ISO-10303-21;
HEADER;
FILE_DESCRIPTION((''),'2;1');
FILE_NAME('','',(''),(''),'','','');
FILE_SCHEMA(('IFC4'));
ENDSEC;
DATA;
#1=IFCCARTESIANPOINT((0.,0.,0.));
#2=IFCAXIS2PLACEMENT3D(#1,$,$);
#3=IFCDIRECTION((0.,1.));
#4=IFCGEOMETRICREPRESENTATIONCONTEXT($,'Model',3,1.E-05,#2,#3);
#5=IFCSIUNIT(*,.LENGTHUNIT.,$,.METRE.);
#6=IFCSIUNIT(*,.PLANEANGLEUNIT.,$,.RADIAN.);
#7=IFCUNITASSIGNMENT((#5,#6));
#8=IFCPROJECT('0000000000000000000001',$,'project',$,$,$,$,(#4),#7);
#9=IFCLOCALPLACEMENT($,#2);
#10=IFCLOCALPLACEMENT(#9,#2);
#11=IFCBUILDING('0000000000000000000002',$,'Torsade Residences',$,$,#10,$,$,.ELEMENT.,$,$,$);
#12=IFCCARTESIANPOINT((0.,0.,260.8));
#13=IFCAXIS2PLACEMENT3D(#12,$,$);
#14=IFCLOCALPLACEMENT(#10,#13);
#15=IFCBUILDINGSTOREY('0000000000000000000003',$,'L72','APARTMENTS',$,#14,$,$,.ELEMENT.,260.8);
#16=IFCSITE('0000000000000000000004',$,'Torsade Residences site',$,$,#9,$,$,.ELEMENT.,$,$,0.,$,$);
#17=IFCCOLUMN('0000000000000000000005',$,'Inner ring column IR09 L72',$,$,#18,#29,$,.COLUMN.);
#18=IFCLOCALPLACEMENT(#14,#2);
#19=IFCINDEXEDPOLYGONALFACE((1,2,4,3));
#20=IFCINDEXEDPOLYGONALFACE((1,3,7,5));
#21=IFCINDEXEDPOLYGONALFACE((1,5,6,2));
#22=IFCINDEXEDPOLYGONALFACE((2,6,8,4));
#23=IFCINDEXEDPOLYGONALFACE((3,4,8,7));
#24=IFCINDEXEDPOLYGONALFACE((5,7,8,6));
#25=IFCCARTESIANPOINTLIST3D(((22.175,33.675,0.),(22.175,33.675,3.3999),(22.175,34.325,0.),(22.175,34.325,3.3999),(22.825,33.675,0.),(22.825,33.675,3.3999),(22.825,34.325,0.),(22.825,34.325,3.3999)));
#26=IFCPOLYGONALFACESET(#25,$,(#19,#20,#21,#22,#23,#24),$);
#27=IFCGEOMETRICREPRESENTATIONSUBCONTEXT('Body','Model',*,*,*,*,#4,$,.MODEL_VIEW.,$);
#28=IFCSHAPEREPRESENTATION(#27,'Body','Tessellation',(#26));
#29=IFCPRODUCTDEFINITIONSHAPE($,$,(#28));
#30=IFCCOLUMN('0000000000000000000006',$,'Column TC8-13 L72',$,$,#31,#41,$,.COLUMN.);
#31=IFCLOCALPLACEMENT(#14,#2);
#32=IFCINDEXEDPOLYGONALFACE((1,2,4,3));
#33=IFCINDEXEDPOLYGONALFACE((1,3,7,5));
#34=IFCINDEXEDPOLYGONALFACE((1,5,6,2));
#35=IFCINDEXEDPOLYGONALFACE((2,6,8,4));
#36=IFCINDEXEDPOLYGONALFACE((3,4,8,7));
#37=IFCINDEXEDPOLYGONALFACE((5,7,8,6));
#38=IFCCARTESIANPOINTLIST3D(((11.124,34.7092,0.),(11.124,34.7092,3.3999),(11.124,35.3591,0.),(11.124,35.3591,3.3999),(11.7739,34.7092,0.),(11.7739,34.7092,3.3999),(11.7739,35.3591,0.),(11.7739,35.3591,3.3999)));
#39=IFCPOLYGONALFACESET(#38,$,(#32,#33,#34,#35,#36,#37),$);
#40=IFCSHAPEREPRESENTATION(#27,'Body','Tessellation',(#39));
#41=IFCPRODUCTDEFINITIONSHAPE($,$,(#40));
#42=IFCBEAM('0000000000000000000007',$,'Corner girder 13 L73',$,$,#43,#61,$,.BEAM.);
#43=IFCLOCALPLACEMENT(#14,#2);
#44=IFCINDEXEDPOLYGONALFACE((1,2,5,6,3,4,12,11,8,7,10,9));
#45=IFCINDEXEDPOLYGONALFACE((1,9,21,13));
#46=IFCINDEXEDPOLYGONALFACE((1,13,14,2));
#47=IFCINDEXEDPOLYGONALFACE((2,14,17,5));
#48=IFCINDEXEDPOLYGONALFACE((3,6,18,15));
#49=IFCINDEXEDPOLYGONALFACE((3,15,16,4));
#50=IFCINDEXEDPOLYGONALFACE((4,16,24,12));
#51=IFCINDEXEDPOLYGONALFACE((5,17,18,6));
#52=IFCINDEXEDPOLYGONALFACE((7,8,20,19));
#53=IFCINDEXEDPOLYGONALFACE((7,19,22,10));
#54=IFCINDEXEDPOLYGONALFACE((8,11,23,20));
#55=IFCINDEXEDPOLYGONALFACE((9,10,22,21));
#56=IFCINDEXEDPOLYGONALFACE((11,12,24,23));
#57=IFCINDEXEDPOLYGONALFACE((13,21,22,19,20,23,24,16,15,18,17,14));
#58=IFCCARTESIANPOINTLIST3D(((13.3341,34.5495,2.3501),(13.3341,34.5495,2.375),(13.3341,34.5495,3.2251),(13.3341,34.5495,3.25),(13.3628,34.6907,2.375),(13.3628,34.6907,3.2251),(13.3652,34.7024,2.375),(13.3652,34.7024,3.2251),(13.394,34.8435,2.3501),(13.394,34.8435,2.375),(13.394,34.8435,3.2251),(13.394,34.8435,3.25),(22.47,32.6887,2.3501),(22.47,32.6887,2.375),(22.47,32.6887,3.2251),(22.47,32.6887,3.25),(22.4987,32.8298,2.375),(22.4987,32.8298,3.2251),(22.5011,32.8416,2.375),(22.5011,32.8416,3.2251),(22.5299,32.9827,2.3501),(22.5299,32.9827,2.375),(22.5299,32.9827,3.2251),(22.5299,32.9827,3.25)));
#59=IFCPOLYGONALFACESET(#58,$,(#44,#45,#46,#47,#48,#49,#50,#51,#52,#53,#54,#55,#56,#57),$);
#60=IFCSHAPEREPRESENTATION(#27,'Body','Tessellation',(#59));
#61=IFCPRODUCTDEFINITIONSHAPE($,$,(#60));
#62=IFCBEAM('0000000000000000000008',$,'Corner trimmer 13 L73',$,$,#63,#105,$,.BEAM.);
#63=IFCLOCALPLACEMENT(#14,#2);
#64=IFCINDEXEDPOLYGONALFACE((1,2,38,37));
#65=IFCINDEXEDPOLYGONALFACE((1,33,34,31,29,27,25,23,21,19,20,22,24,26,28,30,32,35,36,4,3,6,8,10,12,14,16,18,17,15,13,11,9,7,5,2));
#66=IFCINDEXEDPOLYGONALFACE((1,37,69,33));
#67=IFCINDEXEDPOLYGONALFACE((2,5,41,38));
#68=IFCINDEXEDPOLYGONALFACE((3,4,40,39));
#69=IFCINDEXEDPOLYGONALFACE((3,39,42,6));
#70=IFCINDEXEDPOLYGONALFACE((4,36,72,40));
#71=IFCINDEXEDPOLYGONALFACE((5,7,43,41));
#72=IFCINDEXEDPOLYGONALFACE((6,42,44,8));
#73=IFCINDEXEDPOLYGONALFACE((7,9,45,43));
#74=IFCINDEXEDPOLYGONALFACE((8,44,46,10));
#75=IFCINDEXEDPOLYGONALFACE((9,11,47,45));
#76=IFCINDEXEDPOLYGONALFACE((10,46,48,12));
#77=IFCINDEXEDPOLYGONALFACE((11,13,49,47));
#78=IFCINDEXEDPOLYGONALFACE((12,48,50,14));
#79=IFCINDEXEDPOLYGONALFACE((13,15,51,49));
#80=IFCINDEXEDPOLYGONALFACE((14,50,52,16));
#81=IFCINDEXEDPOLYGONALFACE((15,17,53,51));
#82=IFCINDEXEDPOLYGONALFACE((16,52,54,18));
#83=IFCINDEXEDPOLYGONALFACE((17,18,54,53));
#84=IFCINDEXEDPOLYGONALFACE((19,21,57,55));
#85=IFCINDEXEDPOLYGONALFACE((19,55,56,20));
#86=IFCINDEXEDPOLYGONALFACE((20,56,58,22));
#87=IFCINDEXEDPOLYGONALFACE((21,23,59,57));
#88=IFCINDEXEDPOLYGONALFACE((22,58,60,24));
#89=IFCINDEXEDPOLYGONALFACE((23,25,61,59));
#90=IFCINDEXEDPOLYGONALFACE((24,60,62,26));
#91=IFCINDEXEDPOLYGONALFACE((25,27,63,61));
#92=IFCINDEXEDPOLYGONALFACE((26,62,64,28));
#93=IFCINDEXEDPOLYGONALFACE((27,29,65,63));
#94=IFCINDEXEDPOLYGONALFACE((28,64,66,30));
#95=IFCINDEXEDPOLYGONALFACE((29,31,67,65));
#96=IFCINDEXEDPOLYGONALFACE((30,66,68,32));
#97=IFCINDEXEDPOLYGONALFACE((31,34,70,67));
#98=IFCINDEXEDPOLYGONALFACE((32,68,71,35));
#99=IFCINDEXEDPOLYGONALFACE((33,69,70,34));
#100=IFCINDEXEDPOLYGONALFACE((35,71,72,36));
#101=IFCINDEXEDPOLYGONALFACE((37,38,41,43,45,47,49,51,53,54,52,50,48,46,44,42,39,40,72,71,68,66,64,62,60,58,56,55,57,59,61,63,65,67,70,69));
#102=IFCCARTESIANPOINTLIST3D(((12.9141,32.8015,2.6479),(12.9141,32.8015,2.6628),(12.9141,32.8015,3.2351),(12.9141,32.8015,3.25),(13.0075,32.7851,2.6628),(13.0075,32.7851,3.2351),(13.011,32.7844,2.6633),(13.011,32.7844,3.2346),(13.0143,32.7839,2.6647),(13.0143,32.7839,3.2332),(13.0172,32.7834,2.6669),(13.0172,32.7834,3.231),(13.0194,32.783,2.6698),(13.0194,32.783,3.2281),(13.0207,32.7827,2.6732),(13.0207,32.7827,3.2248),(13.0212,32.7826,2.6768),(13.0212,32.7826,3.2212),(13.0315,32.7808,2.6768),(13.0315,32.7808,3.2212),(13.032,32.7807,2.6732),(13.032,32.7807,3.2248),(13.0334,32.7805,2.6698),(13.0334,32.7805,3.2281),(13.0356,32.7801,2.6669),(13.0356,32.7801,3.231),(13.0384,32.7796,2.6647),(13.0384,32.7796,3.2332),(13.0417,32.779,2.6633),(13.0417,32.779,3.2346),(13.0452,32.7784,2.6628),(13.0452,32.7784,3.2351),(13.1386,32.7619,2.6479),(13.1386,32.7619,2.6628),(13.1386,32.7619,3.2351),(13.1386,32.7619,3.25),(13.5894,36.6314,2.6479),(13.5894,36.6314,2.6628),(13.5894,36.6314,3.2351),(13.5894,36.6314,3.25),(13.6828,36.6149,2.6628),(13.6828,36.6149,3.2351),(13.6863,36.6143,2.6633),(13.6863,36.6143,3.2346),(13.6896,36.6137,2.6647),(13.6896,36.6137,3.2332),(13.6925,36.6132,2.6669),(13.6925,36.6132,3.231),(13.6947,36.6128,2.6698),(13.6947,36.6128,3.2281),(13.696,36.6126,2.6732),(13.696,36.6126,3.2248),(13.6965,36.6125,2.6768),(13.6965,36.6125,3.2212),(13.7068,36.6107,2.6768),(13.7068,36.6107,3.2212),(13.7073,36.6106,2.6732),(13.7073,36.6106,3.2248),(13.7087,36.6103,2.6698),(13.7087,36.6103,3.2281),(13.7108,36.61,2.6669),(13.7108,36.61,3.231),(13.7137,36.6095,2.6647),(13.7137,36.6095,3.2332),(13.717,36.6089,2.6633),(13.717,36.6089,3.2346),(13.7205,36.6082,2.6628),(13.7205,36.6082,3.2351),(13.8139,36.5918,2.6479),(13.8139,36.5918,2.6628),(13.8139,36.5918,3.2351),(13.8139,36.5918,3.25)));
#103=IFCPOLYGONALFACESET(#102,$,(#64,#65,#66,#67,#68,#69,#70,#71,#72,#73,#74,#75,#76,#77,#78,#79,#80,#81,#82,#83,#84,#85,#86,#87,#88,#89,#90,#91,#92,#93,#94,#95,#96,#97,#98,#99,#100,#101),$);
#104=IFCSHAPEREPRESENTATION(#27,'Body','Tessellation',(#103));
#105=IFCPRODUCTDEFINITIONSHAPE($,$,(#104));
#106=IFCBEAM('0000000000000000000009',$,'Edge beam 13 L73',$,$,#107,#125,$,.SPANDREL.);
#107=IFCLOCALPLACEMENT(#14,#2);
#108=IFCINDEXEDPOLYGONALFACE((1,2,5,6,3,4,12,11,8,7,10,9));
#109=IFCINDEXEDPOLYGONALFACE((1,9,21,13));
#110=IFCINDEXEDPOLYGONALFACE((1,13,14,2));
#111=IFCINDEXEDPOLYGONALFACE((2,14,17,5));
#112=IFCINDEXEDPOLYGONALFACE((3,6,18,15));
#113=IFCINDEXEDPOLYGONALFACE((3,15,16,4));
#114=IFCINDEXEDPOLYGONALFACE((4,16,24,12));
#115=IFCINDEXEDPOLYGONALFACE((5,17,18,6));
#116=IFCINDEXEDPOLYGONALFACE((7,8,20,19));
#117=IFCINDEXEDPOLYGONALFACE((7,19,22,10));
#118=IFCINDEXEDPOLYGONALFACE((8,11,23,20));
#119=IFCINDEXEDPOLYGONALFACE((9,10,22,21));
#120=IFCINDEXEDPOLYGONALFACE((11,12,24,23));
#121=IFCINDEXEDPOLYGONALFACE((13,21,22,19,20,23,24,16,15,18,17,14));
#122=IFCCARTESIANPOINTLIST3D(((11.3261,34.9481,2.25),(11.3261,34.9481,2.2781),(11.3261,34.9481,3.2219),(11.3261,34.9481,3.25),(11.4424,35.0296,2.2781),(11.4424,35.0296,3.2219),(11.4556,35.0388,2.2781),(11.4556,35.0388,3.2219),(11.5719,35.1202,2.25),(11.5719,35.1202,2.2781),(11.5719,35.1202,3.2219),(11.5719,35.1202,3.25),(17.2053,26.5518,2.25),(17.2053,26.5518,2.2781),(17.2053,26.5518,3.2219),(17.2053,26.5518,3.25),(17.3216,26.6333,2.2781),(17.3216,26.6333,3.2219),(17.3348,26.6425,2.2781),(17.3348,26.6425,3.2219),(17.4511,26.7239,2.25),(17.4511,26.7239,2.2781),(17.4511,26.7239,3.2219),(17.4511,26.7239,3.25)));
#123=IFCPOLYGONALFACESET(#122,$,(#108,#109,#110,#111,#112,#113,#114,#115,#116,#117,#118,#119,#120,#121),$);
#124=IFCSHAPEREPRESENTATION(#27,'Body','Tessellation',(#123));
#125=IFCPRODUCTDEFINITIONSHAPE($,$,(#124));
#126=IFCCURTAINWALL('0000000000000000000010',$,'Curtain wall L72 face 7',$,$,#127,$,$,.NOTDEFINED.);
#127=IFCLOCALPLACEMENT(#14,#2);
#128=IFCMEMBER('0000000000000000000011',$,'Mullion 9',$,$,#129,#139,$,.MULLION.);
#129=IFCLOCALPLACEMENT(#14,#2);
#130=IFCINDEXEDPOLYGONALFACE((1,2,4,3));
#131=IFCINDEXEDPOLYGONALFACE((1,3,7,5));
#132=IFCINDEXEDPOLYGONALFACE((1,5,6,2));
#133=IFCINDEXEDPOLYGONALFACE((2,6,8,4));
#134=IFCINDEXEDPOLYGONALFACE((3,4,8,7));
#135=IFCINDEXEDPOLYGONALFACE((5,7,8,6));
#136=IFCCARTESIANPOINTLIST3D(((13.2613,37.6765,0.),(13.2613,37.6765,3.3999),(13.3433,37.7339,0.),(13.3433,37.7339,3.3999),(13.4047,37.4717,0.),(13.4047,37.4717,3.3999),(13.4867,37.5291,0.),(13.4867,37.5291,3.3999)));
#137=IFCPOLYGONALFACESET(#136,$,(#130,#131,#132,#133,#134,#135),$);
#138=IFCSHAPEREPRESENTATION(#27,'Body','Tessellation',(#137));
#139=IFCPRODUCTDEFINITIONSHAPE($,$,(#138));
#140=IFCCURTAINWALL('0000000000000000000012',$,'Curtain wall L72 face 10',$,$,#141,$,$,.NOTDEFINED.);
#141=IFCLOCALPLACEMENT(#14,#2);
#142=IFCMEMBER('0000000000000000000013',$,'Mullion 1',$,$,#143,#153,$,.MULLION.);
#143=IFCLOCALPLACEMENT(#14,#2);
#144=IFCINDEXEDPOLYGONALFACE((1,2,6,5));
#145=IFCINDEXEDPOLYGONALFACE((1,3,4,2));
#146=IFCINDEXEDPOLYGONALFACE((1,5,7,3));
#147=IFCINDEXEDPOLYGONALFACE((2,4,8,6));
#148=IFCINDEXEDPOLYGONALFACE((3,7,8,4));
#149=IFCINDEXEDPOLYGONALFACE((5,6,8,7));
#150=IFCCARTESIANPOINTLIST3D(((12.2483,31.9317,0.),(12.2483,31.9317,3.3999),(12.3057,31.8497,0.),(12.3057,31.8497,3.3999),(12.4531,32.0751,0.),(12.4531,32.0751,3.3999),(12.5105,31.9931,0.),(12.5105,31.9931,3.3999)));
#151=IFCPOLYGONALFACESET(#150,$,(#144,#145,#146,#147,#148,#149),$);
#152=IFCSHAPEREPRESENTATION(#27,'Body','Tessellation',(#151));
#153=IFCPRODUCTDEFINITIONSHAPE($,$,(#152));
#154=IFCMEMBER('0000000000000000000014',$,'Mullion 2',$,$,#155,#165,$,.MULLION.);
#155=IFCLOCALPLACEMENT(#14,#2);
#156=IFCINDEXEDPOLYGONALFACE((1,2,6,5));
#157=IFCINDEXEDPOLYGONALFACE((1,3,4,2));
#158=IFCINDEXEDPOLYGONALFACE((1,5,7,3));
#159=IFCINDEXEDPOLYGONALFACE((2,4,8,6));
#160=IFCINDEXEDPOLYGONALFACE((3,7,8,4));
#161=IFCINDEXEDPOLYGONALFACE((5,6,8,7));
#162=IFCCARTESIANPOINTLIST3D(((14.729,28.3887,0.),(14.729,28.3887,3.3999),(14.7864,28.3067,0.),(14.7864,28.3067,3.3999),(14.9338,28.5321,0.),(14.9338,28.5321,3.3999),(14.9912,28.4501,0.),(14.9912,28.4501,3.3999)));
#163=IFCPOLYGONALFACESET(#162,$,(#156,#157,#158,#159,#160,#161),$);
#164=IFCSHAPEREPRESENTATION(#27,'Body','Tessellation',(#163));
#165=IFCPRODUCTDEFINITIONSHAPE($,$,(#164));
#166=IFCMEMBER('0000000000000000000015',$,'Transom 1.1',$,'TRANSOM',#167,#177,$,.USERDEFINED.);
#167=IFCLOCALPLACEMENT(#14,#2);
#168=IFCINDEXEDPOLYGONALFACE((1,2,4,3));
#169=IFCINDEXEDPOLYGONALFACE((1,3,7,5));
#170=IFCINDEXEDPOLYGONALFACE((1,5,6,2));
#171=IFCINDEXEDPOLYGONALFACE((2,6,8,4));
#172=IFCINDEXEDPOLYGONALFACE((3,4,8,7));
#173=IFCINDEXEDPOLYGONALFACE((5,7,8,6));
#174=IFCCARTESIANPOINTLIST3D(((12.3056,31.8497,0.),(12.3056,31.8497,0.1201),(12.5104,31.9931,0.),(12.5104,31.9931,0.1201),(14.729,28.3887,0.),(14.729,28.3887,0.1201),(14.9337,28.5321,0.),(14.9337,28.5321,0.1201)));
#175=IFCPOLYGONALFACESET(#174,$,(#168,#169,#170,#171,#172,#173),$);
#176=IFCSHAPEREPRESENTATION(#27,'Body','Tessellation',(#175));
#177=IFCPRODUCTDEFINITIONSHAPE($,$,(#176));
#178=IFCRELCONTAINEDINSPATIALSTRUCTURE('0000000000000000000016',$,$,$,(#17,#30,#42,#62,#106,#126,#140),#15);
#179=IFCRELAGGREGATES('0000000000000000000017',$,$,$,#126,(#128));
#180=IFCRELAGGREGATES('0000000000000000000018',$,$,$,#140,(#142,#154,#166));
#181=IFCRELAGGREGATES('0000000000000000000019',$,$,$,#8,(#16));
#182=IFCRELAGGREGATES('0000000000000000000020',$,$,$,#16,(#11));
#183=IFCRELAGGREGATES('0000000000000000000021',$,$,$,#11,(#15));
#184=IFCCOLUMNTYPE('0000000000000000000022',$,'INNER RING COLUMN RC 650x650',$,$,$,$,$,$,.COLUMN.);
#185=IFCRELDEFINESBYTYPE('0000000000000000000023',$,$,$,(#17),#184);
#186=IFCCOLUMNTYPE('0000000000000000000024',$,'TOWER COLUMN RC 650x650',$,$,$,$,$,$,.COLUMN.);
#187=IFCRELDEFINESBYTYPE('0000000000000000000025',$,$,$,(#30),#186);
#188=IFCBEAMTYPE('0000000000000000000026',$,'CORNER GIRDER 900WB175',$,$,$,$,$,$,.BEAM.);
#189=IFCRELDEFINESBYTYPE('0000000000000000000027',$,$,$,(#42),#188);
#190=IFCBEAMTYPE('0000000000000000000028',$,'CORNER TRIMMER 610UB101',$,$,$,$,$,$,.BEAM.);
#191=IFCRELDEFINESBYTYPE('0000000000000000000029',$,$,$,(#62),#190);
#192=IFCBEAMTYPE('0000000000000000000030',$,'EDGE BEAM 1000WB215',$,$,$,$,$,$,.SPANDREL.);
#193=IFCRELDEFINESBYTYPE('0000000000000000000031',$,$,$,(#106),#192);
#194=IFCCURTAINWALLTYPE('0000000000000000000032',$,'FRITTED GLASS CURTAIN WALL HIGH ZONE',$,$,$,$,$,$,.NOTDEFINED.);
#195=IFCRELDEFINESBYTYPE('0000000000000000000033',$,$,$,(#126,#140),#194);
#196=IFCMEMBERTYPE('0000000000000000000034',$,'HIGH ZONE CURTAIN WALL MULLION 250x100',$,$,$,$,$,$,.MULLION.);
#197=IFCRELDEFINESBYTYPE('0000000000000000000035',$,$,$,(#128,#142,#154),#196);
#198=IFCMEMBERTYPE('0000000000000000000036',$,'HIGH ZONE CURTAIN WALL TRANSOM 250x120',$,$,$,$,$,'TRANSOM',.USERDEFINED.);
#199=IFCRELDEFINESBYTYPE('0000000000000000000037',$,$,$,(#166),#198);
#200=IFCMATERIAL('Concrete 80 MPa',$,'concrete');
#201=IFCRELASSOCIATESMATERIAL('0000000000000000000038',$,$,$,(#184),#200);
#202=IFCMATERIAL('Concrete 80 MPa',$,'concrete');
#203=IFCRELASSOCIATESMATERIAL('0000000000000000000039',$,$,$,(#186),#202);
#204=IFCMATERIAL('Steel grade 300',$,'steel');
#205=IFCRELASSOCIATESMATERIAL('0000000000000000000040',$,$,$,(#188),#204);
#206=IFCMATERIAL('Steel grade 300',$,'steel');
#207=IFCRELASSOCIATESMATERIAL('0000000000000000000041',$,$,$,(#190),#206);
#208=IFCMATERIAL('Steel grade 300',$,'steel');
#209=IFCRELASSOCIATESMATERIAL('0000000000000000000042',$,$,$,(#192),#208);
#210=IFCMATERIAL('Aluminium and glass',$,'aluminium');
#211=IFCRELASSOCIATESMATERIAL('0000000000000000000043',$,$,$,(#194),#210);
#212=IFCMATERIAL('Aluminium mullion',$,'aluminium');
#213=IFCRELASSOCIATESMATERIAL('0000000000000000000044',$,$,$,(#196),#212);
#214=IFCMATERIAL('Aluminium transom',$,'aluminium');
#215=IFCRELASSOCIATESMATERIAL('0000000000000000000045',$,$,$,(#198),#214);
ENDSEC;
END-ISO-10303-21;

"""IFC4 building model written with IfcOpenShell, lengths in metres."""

from ifc_helpers import new_model, si_unit, direction, frame, origin, origin_2d, place, context, subcontext, project, spatial, rectangle, i_section, extrude, material, material_profile, profile_set, type_object, element, aggregate, save


model = new_model("IFC4")

# Units and contexts
model_context = context("Model", 3, precision=1e-05, world=origin(), true_north=direction((0.0, 1.0)))
body_context = subcontext(model_context, "Body", "Model", "MODEL_VIEW")
ifc_project = project(units=[si_unit("LENGTHUNIT", "METRE"), si_unit("PLANEANGLEUNIT", "RADIAN")], contexts=[model_context])

# Site, building, storey
site_placement = place(None, origin())
site = spatial("IfcSite", under=ifc_project, at=site_placement, Name="Torsade Residences site", CompositionType="ELEMENT", RefElevation=0.0)
building_placement = place(site_placement, origin())
building = spatial("IfcBuilding", under=site, at=building_placement, Name="Torsade Residences", CompositionType="ELEMENT")
storey_placement = place(building_placement, frame((0.0, 0.0, 260.8)))
storey = spatial("IfcBuildingStorey", under=building, at=storey_placement, Name="L72", Description="APARTMENTS", CompositionType="ELEMENT", Elevation=260.8)

# Columns
ifc_material_1 = material(Name="Concrete 80 MPa", Category="concrete")
ifc_material_profile_1 = material_profile(ifc_material_1, rectangle(XDim=0.6499, YDim=0.6499, at=origin_2d()), Name="RC 650x650")
ifc_profile_set_1 = profile_set([ifc_material_profile_1], Name="Concrete 80 MPa")
column_type_1 = type_object("IfcColumnType", Name="INNER RING COLUMN RC 650x650", PredefinedType="COLUMN", material=ifc_profile_set_1)
column_1_placement = place(storey_placement, frame((22.5, 34.0, 0.0), z_axis=(0.0, 0.0, 1.0), x_axis=(1.0, 0.0, 0.0)))
element("IfcColumn", 1, at=column_1_placement, inside=storey, type_object=column_type_1, Name="Inner ring column IR09 L72", PredefinedType="COLUMN", context=body_context, shape_type="SweptSolid", body=[
    extrude(rectangle(XDim=0.6499, YDim=0.6499, at=origin_2d()), origin(), (0.0, 0.0, 1.0), 3.3999),
])
ifc_material_2 = material(Name="Concrete 80 MPa", Category="concrete")
ifc_material_profile_2 = material_profile(ifc_material_2, rectangle(XDim=0.6499, YDim=0.6499, at=origin_2d()), Name="RC 650x650")
ifc_profile_set_2 = profile_set([ifc_material_profile_2], Name="Concrete 80 MPa")
column_type_2 = type_object("IfcColumnType", Name="TOWER COLUMN RC 650x650", PredefinedType="COLUMN", material=ifc_profile_set_2)
column_2_placement = place(storey_placement, frame((11.449, 35.0342, 0.0), z_axis=(0.0, 0.0, 1.0), x_axis=(1.0, 0.0, 0.0)))
element("IfcColumn", 2, at=column_2_placement, inside=storey, type_object=column_type_2, Name="Column TC8-13 L72", PredefinedType="COLUMN", context=body_context, shape_type="SweptSolid", body=[
    extrude(rectangle(XDim=0.6499, YDim=0.6499, at=origin_2d()), origin(), (0.0, 0.0, 1.0), 3.3999),
])

# Beams
ifc_material_3 = material(Name="Steel grade 300", Category="steel")
ifc_material_profile_3 = material_profile(ifc_material_3, i_section(OverallWidth=0.3, OverallDepth=0.8999, WebThickness=0.012, FlangeThickness=0.0249, at=origin_2d()), Name="900WB175")
ifc_profile_set_3 = profile_set([ifc_material_profile_3], Name="Steel grade 300")
beam_type_1 = type_object("IfcBeamType", Name="CORNER GIRDER 900WB175", PredefinedType="BEAM", material=ifc_profile_set_3)
beam_1_placement = place(storey_placement, frame((13.364, 34.6965, 2.8), z_axis=(0.979881, -0.199584, 0.0), x_axis=(0.199584, 0.979881, 0.0)))
element("IfcBeam", 3, at=beam_1_placement, inside=storey, type_object=beam_type_1, Name="Corner girder 13 L73", PredefinedType="BEAM", context=body_context, shape_type="SweptSolid", body=[
    extrude(i_section(OverallWidth=0.3, OverallDepth=0.8999, WebThickness=0.012, FlangeThickness=0.0249, at=origin_2d()), origin(), (0.0, 0.0, 1.0), 9.3235),
])
ifc_material_4 = material(Name="Steel grade 300", Category="steel")
ifc_material_profile_4 = material_profile(ifc_material_4, i_section(OverallWidth=0.228, OverallDepth=0.6021, WebThickness=0.0105, FlangeThickness=0.0149, FilletRadius=0.0139, at=origin_2d()), Name="610UB101")
ifc_profile_set_4 = profile_set([ifc_material_profile_4], Name="Steel grade 300")
beam_type_2 = type_object("IfcBeamType", Name="CORNER TRIMMER 610UB101", PredefinedType="BEAM", material=ifc_profile_set_4)
beam_2_placement = place(storey_placement, frame((13.0264, 32.7817, 2.949), z_axis=(0.173646, 0.984808, 0.0), x_axis=(-0.984808, 0.173646, 0.0)))
element("IfcBeam", 4, at=beam_2_placement, inside=storey, type_object=beam_type_2, Name="Corner trimmer 13 L73", PredefinedType="BEAM", context=body_context, shape_type="SweptSolid", body=[
    extrude(i_section(OverallWidth=0.228, OverallDepth=0.6021, WebThickness=0.0105, FlangeThickness=0.0149, FilletRadius=0.0139, at=origin_2d()), origin(), (0.0, 0.0, 1.0), 3.8889),
])
ifc_material_5 = material(Name="Steel grade 300", Category="steel")
ifc_material_profile_5 = material_profile(ifc_material_5, i_section(OverallWidth=0.3, OverallDepth=1.0, WebThickness=0.0161, FlangeThickness=0.0281, at=origin_2d()), Name="1000WB215")
ifc_profile_set_5 = profile_set([ifc_material_profile_5], Name="Steel grade 300")
beam_type_3 = type_object("IfcBeamType", Name="EDGE BEAM 1000WB215", PredefinedType="SPANDREL", material=ifc_profile_set_5)
beam_3_placement = place(storey_placement, frame((11.449, 35.0342, 2.75), z_axis=(0.573579, -0.81915, 0.0), x_axis=(0.81915, 0.573579, 0.0)))
element("IfcBeam", 5, at=beam_3_placement, inside=storey, type_object=beam_type_3, Name="Edge beam 13 L73", PredefinedType="SPANDREL", context=body_context, shape_type="SweptSolid", body=[
    extrude(i_section(OverallWidth=0.3, OverallDepth=1.0, WebThickness=0.0161, FlangeThickness=0.0281, at=origin_2d()), origin(), (0.0, 0.0, 1.0), 10.25),
])

# Curtain wall, member
ifc_material_6 = material(Name="Aluminium and glass", Category="aluminium")
curtain_wall_type = type_object("IfcCurtainWallType", Name="FRITTED GLASS CURTAIN WALL HIGH ZONE", PredefinedType="NOTDEFINED", material=ifc_material_6)
curtain_wall_1_placement = place(storey_placement, origin())
curtain_wall_1 = element("IfcCurtainWall", 6, at=curtain_wall_1_placement, inside=storey, type_object=curtain_wall_type, Name="Curtain wall L72 face 7", PredefinedType="NOTDEFINED")
ifc_material_7 = material(Name="Aluminium mullion", Category="aluminium")
ifc_material_profile_6 = material_profile(ifc_material_7, rectangle(XDim=0.25, YDim=0.1001, at=origin_2d()), Name="HIGH ZONE CURTAIN WALL MULLION 250x100")
ifc_profile_set_6 = profile_set([ifc_material_profile_6], Name="Aluminium mullion")
member_type_1 = type_object("IfcMemberType", Name="HIGH ZONE CURTAIN WALL MULLION 250x100", PredefinedType="MULLION", material=ifc_profile_set_6)
member_1_placement = place(storey_placement, frame((13.374, 37.6028, 0.0), z_axis=(0.0, 0.0, 1.0), x_axis=(0.573576, -0.819152, 0.0)))
member_1 = element("IfcMember", 7, at=member_1_placement, type_object=member_type_1, Name="Mullion 9", PredefinedType="MULLION", context=body_context, shape_type="SweptSolid", body=[
    extrude(rectangle(XDim=0.25, YDim=0.1001, at=origin_2d()), origin(), (0.0, 0.0, 1.0), 3.3999),
])

# Curtain wall, members
curtain_wall_2_placement = place(storey_placement, origin())
curtain_wall_2 = element("IfcCurtainWall", 8, at=curtain_wall_2_placement, inside=storey, type_object=curtain_wall_type, Name="Curtain wall L72 face 10", PredefinedType="NOTDEFINED")
member_2_placement = place(storey_placement, frame((12.3794, 31.9624, 0.0), z_axis=(0.0, 0.0, 1.0), x_axis=(0.819152, 0.573576, 0.0)))
member_2 = element("IfcMember", 9, at=member_2_placement, type_object=member_type_1, Name="Mullion 1", PredefinedType="MULLION", context=body_context, shape_type="SweptSolid", body=[
    extrude(rectangle(XDim=0.25, YDim=0.1001, at=origin_2d()), origin(), (0.0, 0.0, 1.0), 3.3999),
])
member_3_placement = place(storey_placement, frame((14.8601, 28.4194, 0.0), z_axis=(0.0, 0.0, 1.0), x_axis=(0.819152, 0.573576, 0.0)))
member_3 = element("IfcMember", 10, at=member_3_placement, type_object=member_type_1, Name="Mullion 2", PredefinedType="MULLION", context=body_context, shape_type="SweptSolid", body=[
    extrude(rectangle(XDim=0.25, YDim=0.1001, at=origin_2d()), origin(), (0.0, 0.0, 1.0), 3.3999),
])
ifc_material_8 = material(Name="Aluminium transom", Category="aluminium")
ifc_material_profile_7 = material_profile(ifc_material_8, rectangle(XDim=0.25, YDim=0.1201, at=origin_2d()), Name="HIGH ZONE CURTAIN WALL TRANSOM 250x120")
ifc_profile_set_7 = profile_set([ifc_material_profile_7], Name="Aluminium transom")
member_type_2 = type_object("IfcMemberType", Name="HIGH ZONE CURTAIN WALL TRANSOM 250x120", ElementType="TRANSOM", PredefinedType="USERDEFINED", material=ifc_profile_set_7)
member_4_placement = place(storey_placement, frame((12.408, 31.9214, 0.0601), z_axis=(0.573571, -0.819156, 0.0), x_axis=(0.819156, 0.573571, 0.0)))
member_4 = element("IfcMember", 11, at=member_4_placement, type_object=member_type_2, Name="Transom 1.1", ObjectType="TRANSOM", PredefinedType="USERDEFINED", context=body_context, shape_type="SweptSolid", body=[
    extrude(rectangle(XDim=0.25, YDim=0.1201, at=origin_2d()), origin(), (0.0, 0.0, 1.0), 4.2251),
])

aggregate(curtain_wall_1, [member_1])
aggregate(curtain_wall_2, [member_2, member_3, member_4])

save(model, "model.ifc")
